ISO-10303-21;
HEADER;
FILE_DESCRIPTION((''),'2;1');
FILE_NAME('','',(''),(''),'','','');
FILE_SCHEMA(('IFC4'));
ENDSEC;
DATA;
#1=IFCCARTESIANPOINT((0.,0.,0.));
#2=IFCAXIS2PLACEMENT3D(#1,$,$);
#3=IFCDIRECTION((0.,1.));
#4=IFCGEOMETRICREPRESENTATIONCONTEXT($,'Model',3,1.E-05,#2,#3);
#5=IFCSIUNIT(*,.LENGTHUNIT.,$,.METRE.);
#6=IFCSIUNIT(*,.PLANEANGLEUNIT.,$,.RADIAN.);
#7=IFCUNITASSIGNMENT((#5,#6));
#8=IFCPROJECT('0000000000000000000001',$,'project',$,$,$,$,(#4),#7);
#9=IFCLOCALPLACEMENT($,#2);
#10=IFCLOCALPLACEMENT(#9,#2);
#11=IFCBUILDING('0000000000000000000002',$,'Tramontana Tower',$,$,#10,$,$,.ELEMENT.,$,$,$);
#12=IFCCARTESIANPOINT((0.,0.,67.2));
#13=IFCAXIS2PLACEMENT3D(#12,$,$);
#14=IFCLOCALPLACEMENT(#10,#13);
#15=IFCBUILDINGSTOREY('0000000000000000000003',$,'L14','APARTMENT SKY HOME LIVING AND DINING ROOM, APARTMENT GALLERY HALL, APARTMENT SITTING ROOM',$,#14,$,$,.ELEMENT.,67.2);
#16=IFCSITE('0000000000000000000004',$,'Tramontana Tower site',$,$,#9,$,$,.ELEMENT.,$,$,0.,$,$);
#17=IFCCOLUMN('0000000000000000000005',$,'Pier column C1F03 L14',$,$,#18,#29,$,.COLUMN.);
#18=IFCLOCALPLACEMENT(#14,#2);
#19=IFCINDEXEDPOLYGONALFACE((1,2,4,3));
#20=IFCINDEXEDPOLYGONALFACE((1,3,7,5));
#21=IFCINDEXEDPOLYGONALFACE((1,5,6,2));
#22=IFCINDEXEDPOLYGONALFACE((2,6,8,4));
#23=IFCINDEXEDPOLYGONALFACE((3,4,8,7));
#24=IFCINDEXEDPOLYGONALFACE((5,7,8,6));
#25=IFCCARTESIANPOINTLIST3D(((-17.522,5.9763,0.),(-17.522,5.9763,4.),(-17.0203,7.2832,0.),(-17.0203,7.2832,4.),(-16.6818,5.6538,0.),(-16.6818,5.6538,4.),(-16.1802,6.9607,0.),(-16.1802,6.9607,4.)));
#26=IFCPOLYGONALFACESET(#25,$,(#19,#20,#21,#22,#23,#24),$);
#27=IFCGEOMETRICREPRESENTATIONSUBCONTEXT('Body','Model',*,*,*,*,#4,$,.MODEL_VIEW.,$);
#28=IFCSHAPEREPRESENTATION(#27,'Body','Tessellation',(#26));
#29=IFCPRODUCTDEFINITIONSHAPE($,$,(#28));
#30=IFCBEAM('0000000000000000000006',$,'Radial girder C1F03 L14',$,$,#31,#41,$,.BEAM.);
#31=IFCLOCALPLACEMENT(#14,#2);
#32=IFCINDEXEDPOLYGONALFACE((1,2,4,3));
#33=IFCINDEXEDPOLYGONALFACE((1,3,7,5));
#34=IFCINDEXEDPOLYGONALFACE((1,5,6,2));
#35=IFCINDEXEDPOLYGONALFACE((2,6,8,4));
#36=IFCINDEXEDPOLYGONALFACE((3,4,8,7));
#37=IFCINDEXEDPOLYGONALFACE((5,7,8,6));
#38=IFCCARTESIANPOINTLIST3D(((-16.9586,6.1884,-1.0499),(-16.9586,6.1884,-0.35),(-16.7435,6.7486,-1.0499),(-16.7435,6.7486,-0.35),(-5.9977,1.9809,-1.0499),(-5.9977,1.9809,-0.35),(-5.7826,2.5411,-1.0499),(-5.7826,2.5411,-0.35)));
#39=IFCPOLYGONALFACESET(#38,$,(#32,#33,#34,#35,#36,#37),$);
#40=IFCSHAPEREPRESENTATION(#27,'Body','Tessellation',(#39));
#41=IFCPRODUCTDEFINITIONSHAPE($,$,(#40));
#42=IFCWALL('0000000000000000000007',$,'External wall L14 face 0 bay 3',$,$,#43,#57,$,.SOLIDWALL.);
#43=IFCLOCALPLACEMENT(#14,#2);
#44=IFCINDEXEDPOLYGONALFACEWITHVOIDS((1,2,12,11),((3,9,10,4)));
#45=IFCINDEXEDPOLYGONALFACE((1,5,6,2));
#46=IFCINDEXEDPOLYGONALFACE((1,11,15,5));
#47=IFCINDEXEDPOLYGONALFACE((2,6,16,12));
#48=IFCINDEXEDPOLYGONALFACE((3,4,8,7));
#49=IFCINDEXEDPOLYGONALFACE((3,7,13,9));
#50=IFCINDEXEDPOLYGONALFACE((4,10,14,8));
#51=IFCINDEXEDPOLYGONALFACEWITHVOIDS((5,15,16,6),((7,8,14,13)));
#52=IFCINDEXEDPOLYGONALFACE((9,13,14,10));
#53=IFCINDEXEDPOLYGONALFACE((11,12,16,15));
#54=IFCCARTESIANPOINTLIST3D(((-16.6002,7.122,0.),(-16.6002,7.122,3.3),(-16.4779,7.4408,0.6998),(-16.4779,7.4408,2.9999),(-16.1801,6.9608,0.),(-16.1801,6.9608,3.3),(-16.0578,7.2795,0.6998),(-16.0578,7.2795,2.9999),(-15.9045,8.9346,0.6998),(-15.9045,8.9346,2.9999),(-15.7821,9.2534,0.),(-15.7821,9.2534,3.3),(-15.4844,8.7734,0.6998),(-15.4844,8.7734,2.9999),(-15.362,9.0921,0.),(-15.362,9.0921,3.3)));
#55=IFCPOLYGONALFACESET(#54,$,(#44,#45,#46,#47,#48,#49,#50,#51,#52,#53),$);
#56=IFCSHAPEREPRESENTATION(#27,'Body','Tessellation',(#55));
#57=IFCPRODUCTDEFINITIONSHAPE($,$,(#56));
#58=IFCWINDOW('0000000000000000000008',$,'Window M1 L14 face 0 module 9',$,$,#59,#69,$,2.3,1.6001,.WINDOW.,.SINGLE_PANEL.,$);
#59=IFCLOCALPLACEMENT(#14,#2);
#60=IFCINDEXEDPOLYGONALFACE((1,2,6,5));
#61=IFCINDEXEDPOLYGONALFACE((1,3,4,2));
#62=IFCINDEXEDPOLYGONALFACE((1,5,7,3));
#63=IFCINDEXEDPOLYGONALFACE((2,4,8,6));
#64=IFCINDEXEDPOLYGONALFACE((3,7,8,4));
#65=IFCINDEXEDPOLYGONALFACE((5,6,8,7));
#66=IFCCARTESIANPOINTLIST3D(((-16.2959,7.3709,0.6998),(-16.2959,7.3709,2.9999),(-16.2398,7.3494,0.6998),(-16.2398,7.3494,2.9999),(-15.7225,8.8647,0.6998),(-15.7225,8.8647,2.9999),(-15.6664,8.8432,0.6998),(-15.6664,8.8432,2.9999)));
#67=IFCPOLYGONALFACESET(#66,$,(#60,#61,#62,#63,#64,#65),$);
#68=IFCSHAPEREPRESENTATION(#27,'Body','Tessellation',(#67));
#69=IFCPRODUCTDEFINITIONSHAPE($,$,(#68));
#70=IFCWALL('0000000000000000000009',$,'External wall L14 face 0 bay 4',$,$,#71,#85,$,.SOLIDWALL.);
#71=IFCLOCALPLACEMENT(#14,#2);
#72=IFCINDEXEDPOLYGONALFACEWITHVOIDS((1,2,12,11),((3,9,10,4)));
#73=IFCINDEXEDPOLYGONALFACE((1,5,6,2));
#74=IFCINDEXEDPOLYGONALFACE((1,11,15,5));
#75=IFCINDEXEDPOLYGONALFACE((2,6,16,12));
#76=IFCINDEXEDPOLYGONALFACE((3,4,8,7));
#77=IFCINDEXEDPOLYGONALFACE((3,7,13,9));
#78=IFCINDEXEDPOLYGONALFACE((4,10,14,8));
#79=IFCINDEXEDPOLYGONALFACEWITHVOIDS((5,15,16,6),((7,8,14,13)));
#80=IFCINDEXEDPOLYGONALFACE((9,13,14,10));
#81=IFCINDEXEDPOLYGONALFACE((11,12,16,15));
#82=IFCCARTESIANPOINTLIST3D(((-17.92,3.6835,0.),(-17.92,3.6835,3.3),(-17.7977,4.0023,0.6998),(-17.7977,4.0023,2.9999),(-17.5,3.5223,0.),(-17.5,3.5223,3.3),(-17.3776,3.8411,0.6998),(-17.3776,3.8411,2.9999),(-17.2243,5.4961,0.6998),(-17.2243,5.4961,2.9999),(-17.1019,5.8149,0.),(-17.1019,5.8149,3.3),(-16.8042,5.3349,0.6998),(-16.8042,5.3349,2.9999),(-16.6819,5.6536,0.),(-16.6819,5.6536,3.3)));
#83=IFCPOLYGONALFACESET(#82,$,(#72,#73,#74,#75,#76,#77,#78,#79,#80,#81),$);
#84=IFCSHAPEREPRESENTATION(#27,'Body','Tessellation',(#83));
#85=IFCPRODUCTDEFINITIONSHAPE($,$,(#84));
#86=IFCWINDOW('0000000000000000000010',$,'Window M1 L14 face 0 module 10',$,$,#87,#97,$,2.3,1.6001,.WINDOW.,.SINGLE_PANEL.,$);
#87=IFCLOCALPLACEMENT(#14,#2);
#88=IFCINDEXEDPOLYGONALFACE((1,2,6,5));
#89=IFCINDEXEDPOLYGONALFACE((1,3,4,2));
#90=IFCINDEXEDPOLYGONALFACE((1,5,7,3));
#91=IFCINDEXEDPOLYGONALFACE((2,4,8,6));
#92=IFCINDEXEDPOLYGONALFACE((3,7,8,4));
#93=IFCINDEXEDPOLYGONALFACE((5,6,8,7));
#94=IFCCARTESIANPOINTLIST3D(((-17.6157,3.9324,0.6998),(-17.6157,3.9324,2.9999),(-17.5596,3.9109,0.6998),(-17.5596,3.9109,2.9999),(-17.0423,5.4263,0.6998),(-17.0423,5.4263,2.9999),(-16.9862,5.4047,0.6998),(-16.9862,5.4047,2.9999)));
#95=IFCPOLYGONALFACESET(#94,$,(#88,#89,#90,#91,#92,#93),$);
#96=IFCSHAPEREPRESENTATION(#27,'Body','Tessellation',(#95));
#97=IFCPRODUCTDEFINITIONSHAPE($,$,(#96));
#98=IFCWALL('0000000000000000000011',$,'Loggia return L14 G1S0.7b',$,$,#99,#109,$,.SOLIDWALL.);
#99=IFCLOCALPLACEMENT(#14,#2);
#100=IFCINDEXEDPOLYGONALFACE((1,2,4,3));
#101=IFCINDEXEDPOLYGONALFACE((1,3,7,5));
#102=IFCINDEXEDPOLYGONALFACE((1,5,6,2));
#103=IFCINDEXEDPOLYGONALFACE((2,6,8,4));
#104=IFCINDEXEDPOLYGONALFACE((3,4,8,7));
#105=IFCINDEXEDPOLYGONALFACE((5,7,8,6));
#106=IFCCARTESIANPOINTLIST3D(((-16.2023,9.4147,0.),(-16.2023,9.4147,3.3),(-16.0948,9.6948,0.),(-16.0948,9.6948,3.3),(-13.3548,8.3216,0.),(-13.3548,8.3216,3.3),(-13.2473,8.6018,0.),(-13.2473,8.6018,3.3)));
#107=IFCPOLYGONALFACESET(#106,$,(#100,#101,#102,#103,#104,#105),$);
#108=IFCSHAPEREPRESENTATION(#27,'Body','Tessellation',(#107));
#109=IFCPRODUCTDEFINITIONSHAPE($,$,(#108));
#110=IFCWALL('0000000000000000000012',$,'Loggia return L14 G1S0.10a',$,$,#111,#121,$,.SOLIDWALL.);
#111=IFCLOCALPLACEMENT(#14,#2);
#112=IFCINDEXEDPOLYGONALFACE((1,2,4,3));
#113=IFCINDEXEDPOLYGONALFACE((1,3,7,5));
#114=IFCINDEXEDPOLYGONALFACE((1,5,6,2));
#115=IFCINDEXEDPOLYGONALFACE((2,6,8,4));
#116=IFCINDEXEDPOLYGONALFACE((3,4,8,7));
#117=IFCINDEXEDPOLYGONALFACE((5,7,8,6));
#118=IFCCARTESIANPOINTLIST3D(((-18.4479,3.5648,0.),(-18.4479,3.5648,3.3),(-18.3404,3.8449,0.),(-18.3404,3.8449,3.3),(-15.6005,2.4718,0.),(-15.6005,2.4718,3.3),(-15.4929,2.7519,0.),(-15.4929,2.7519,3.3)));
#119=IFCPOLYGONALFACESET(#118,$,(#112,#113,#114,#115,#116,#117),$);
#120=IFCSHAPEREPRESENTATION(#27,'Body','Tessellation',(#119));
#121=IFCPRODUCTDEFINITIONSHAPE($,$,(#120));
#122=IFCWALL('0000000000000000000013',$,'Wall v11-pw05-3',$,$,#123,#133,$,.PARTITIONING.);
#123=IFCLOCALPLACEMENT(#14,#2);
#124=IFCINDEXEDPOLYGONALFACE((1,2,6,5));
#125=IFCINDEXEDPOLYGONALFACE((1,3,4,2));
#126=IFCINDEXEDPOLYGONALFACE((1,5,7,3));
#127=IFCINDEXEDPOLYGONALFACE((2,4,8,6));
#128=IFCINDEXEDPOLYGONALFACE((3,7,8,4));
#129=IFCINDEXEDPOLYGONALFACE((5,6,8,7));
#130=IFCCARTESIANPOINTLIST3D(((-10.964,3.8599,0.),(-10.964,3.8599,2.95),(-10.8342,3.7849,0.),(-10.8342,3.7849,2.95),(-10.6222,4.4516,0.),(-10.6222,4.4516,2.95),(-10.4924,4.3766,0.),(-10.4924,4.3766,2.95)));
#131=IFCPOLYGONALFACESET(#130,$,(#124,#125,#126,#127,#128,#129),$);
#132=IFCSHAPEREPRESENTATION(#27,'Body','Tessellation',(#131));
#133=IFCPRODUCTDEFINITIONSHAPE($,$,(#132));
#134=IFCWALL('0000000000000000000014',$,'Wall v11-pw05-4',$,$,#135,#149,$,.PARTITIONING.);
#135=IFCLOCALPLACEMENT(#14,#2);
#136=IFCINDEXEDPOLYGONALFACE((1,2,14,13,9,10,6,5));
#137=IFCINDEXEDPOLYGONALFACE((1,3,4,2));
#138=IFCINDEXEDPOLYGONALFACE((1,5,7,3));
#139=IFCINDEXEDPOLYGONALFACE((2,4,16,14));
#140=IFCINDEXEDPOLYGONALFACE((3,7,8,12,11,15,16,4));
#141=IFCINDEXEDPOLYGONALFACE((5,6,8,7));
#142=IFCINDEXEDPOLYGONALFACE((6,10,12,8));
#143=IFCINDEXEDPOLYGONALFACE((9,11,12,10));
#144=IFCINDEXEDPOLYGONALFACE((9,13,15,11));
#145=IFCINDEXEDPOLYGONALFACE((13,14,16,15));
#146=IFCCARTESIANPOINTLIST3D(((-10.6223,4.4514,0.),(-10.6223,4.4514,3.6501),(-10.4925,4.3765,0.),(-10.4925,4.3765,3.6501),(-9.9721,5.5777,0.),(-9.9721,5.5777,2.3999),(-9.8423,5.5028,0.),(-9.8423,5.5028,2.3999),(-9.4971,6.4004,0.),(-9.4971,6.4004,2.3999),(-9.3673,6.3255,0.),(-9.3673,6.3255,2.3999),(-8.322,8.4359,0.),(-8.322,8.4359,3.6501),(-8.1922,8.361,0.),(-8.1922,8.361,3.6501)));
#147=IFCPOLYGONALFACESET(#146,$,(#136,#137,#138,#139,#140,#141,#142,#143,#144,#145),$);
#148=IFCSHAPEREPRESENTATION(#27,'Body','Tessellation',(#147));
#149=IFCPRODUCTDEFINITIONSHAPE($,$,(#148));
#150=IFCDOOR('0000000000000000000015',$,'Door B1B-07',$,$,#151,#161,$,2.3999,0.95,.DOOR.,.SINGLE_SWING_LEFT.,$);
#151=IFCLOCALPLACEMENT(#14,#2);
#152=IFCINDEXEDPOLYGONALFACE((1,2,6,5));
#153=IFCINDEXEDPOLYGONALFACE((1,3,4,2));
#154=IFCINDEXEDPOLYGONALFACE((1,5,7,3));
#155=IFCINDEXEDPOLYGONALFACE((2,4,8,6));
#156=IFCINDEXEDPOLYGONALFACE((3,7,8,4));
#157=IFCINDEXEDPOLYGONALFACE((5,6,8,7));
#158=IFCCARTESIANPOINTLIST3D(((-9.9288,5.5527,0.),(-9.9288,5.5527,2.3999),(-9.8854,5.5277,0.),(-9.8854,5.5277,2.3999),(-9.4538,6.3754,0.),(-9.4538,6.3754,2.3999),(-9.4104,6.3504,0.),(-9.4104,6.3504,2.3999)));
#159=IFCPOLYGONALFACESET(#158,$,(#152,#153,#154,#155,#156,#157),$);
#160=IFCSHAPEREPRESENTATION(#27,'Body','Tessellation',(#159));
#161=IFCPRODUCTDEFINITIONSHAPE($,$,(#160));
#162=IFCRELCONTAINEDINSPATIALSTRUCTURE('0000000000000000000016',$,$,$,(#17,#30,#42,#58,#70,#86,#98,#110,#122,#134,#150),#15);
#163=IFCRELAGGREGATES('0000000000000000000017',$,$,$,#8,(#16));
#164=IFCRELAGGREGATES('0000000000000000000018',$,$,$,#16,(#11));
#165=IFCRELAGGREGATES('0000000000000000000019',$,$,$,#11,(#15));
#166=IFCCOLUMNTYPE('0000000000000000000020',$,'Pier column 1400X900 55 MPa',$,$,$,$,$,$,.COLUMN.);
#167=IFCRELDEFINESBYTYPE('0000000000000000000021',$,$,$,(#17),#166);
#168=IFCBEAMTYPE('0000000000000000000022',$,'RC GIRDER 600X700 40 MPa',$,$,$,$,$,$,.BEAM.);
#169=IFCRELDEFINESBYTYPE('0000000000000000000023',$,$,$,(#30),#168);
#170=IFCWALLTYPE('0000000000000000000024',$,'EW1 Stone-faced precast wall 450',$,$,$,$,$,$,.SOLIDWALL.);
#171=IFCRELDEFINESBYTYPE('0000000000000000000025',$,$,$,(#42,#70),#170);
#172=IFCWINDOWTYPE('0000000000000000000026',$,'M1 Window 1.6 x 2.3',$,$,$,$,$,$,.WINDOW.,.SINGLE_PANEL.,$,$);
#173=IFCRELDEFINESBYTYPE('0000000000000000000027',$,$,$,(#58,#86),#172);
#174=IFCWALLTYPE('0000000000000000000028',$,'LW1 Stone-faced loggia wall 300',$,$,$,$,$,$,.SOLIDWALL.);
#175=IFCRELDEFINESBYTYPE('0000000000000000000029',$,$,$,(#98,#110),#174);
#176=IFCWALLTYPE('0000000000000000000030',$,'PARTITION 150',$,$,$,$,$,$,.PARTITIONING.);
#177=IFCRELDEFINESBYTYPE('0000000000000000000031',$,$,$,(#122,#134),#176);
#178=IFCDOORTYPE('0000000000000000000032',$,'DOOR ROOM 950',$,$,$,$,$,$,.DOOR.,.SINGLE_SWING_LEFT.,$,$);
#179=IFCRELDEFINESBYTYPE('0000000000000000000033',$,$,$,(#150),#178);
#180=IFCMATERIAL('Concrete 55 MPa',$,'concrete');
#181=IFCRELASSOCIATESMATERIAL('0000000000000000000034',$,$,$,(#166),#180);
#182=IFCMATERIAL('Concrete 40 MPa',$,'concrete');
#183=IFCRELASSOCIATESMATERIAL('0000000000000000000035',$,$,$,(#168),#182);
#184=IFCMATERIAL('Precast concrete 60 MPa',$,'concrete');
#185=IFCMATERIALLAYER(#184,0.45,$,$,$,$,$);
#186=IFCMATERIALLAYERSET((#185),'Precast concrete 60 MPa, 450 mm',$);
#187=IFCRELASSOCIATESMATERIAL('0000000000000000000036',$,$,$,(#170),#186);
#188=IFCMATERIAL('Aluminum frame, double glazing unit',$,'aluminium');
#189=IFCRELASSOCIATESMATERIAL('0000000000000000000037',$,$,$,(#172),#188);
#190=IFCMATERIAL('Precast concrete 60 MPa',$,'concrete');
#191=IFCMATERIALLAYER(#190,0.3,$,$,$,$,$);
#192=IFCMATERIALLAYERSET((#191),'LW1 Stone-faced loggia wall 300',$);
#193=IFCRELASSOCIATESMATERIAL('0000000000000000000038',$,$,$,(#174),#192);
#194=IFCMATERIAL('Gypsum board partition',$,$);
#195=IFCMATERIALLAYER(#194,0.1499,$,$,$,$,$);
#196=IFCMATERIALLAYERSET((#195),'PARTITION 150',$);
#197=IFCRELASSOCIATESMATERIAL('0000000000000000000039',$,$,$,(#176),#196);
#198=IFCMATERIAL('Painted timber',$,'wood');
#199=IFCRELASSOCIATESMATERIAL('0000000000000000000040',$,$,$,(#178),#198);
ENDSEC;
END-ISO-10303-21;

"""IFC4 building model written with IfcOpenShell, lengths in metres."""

from ifc_helpers import new_model, si_unit, direction, frame, frame_2d, origin, origin_2d, place, context, subcontext, project, spatial, rectangle, extrude, material, layer, layer_set, material_profile, profile_set, type_object, element, fill, save


model = new_model("IFC4")

# Units and contexts
model_context = context("Model", 3, precision=1e-05, world=origin(), true_north=direction((0.0, 1.0)))
body_context = subcontext(model_context, "Body", "Model", "MODEL_VIEW")
ifc_project = project(units=[si_unit("LENGTHUNIT", "METRE"), si_unit("PLANEANGLEUNIT", "RADIAN")], contexts=[model_context])

# Site, building, storey
site_placement = place(None, origin())
site = spatial("IfcSite", under=ifc_project, at=site_placement, Name="Tramontana Tower site", CompositionType="ELEMENT", RefElevation=0.0)
building_placement = place(site_placement, origin())
building = spatial("IfcBuilding", under=site, at=building_placement, Name="Tramontana Tower", CompositionType="ELEMENT")
storey_placement = place(building_placement, frame((0.0, 0.0, 67.2)))
storey = spatial("IfcBuildingStorey", under=building, at=storey_placement, Name="L14", Description="APARTMENT SKY HOME LIVING AND DINING ROOM, APARTMENT GALLERY HALL, APARTMENT SITTING ROOM", CompositionType="ELEMENT", Elevation=67.2)

# Column
ifc_material_1 = material(Name="Concrete 55 MPa", Category="concrete")
ifc_material_profile_1 = material_profile(ifc_material_1, rectangle(XDim=1.3999, YDim=0.8999, at=origin_2d()), Name="Pier column 1400X900 55 MPa")
ifc_profile_set_1 = profile_set([ifc_material_profile_1], Name="Concrete 55 MPa")
column_type = type_object("IfcColumnType", Name="Pier column 1400X900 55 MPa", PredefinedType="COLUMN", material=ifc_profile_set_1)
column_placement = place(storey_placement, frame((-16.8511, 6.4685, 0.0), z_axis=(0.0, 0.0, 1.0), x_axis=(-0.358368, -0.93358, 0.0)))
element("IfcColumn", 1, at=column_placement, inside=storey, type_object=column_type, Name="Pier column C1F03 L14", PredefinedType="COLUMN", context=body_context, shape_type="SweptSolid", body=[
    extrude(rectangle(XDim=1.3999, YDim=0.8999, at=origin_2d()), origin(), (0.0, 0.0, 1.0), 4.0),
])

# Beam
ifc_material_2 = material(Name="Concrete 40 MPa", Category="concrete")
ifc_material_profile_2 = material_profile(ifc_material_2, rectangle(XDim=0.6001, YDim=0.7, at=origin_2d()), Name="RC GIRDER 600X700 40 MPa")
ifc_profile_set_2 = profile_set([ifc_material_profile_2], Name="Concrete 40 MPa")
beam_type = type_object("IfcBeamType", Name="RC GIRDER 600X700 40 MPa", PredefinedType="BEAM", material=ifc_profile_set_2)
beam_placement = place(storey_placement, frame((-16.8511, 6.4685, -0.7), z_axis=(0.93358, -0.358369, 0.0), x_axis=(0.358369, 0.93358, 0.0)))
element("IfcBeam", 2, at=beam_placement, inside=storey, type_object=beam_type, Name="Radial girder C1F03 L14", PredefinedType="BEAM", context=body_context, shape_type="SweptSolid", body=[
    extrude(rectangle(XDim=0.6001, YDim=0.7, at=origin_2d()), origin(), (0.0, 0.0, 1.0), 11.7407),
])

# Walls, openings, windows
ifc_material_3 = material(Name="Precast concrete 60 MPa", Category="concrete")
ifc_layer_1 = layer(ifc_material_3, 0.45)
ifc_layer_set_1 = layer_set([ifc_layer_1], Name="Precast concrete 60 MPa, 450 mm")
wall_type_1 = type_object("IfcWallType", Name="EW1 Stone-faced precast wall 450", PredefinedType="SOLIDWALL", material=ifc_layer_set_1)
wall_1_placement = place(storey_placement, frame((-15.572, 9.1729, 0.0), z_axis=(0.0, 0.0, 1.0), x_axis=(-0.358356, -0.933585, 0.0)))
wall_1 = element("IfcWall", 3, at=wall_1_placement, inside=storey, type_object=wall_type_1, Name="External wall L14 face 0 bay 3", PredefinedType="SOLIDWALL", context=body_context, shape_type="SweptSolid", body=[
    extrude(rectangle(XDim=2.283, YDim=0.45, at=frame_2d((1.1416, 0.0))), origin(), (0.0, 0.0, 1.0), 3.3),
])
opening_1_placement = place(wall_1_placement, frame((0.3416, 0.0, 0.7)))
opening_1 = element("IfcOpeningElement", 4, at=opening_1_placement, cuts=wall_1, PredefinedType="OPENING", context=body_context, shape_type="SweptSolid", body=[
    extrude(rectangle(XDim=1.6001, YDim=2.3, at=frame_2d((0.8, 1.1499))), frame((0.0, 0.2349, 0.0), z_axis=(0.0, -1.0, 0.0), x_axis=(1.0, 0.0, 0.0)), (0.0, 0.0, 1.0), 0.47),
])
ifc_material_4 = material(Name="Aluminum frame, double glazing unit", Category="aluminium")
window_type = type_object("IfcWindowType", Name="M1 Window 1.6 x 2.3", PartitioningType="SINGLE_PANEL", PredefinedType="WINDOW", material=ifc_material_4)
window_1_placement = place(opening_1_placement, origin())
window_1 = element("IfcWindow", 5, at=window_1_placement, inside=storey, type_object=window_type, Name="Window M1 L14 face 0 module 9", OverallHeight=2.3, OverallWidth=1.6001, PartitioningType="SINGLE_PANEL", PredefinedType="WINDOW", context=body_context, shape_type="SweptSolid", body=[
    extrude(rectangle(XDim=1.6001, YDim=2.3, at=frame_2d((0.8, 1.1499))), frame((0.0, 0.03, 0.0), z_axis=(0.0, -1.0, 0.0), x_axis=(1.0, 0.0, 0.0)), (0.0, 0.0, 1.0), 0.0601),
])
fill(opening_1, window_1)
wall_2_placement = place(storey_placement, frame((-16.8918, 5.7344, 0.0), z_axis=(0.0, 0.0, 1.0), x_axis=(-0.358356, -0.933585, 0.0)))
wall_2 = element("IfcWall", 6, at=wall_2_placement, inside=storey, type_object=wall_type_1, Name="External wall L14 face 0 bay 4", PredefinedType="SOLIDWALL", context=body_context, shape_type="SweptSolid", body=[
    extrude(rectangle(XDim=2.283, YDim=0.45, at=frame_2d((1.1416, 0.0))), origin(), (0.0, 0.0, 1.0), 3.3),
])
opening_2_placement = place(wall_2_placement, frame((0.3416, 0.0, 0.7)))
opening_2 = element("IfcOpeningElement", 7, at=opening_2_placement, cuts=wall_2, PredefinedType="OPENING", context=body_context, shape_type="SweptSolid", body=[
    extrude(rectangle(XDim=1.6001, YDim=2.3, at=frame_2d((0.8, 1.1499))), frame((0.0, 0.2349, 0.0), z_axis=(0.0, -1.0, 0.0), x_axis=(1.0, 0.0, 0.0)), (0.0, 0.0, 1.0), 0.47),
])
window_2_placement = place(opening_2_placement, origin())
window_2 = element("IfcWindow", 8, at=window_2_placement, inside=storey, type_object=window_type, Name="Window M1 L14 face 0 module 10", OverallHeight=2.3, OverallWidth=1.6001, PartitioningType="SINGLE_PANEL", PredefinedType="WINDOW", context=body_context, shape_type="SweptSolid", body=[
    extrude(rectangle(XDim=1.6001, YDim=2.3, at=frame_2d((0.8, 1.1499))), frame((0.0, 0.03, 0.0), z_axis=(0.0, -1.0, 0.0), x_axis=(1.0, 0.0, 0.0)), (0.0, 0.0, 1.0), 0.0601),
])
fill(opening_2, window_2)

# Wall
ifc_material_5 = material(Name="Precast concrete 60 MPa", Category="concrete")
ifc_layer_2 = layer(ifc_material_5, 0.3)
ifc_layer_set_2 = layer_set([ifc_layer_2], Name="LW1 Stone-faced loggia wall 300")
wall_type_2 = type_object("IfcWallType", Name="LW1 Stone-faced loggia wall 300", PredefinedType="SOLIDWALL", material=ifc_layer_set_2)
wall_3_placement = place(storey_placement, frame((-16.1484, 9.5547, 0.0), z_axis=(0.0, 0.0, 1.0), x_axis=(0.933581, -0.358368, 0.0)))
element("IfcWall", 9, at=wall_3_placement, inside=storey, type_object=wall_type_2, Name="Loggia return L14 G1S0.7b", PredefinedType="SOLIDWALL", context=body_context, shape_type="SweptSolid", body=[
    extrude(rectangle(XDim=3.05, YDim=0.3, at=frame_2d((1.5249, 0.0))), origin(), (0.0, 0.0, 1.0), 3.3),
])

# Walls
wall_4_placement = place(storey_placement, frame((-18.394, 3.7048, 0.0), z_axis=(0.0, 0.0, 1.0), x_axis=(0.933581, -0.358368, 0.0)))
element("IfcWall", 10, at=wall_4_placement, inside=storey, type_object=wall_type_2, Name="Loggia return L14 G1S0.10a", PredefinedType="SOLIDWALL", context=body_context, shape_type="SweptSolid", body=[
    extrude(rectangle(XDim=3.05, YDim=0.3, at=frame_2d((1.5249, 0.0))), origin(), (0.0, 0.0, 1.0), 3.3),
])
ifc_material_6 = material(Name="Gypsum board partition")
ifc_layer_3 = layer(ifc_material_6, 0.1499)
ifc_layer_set_3 = layer_set([ifc_layer_3], Name="PARTITION 150")
wall_type_3 = type_object("IfcWallType", Name="PARTITION 150", PredefinedType="PARTITIONING", material=ifc_layer_set_3)
wall_5_placement = place(storey_placement, frame((-10.8992, 3.8223, 0.0), z_axis=(0.0, 0.0, 1.0), x_axis=(0.500135, 0.865948, 0.0)))
element("IfcWall", 11, at=wall_5_placement, inside=storey, type_object=wall_type_3, Name="Wall v11-pw05-3", PredefinedType="PARTITIONING", context=body_context, shape_type="SweptSolid", body=[
    extrude(rectangle(XDim=0.6833, YDim=0.1499, at=frame_2d((0.3418, 0.0))), origin(), (0.0, 0.0, 1.0), 2.95),
])

# Wall, opening, door
wall_6_placement = place(storey_placement, frame((-10.5574, 4.4141, 0.0), z_axis=(0.0, 0.0, 1.0), x_axis=(0.499986, 0.866034, 0.0)))
wall_6 = element("IfcWall", 12, at=wall_6_placement, inside=storey, type_object=wall_type_3, Name="Wall v11-pw05-4", PredefinedType="PARTITIONING", context=body_context, shape_type="SweptSolid", body=[
    extrude(rectangle(XDim=4.6008, YDim=0.1499, at=frame_2d((2.3003, 0.0))), origin(), (0.0, 0.0, 1.0), 3.6501),
])
opening_3_placement = place(wall_6_placement, frame((1.3003, 0.0, 0.0)))
opening_3 = element("IfcOpeningElement", 13, at=opening_3_placement, cuts=wall_6, PredefinedType="OPENING", context=body_context, shape_type="SweptSolid", body=[
    extrude(rectangle(XDim=0.95, YDim=2.3999, at=frame_2d((0.4751, 1.2))), frame((0.0, 0.085, 0.0), z_axis=(0.0, -1.0, 0.0), x_axis=(1.0, 0.0, 0.0)), (0.0, 0.0, 1.0), 0.1699),
])
ifc_material_7 = material(Name="Painted timber", Category="wood")
door_type_1 = type_object("IfcDoorType", Name="DOOR ROOM 950", OperationType="SINGLE_SWING_LEFT", PredefinedType="DOOR", material=ifc_material_7)
door_1_placement = place(opening_3_placement, origin())
door_1 = element("IfcDoor", 14, at=door_1_placement, inside=storey, type_object=door_type_1, Name="Door B1B-07", OperationType="SINGLE_SWING_LEFT", OverallHeight=2.3999, OverallWidth=0.95, PredefinedType="DOOR", context=body_context, shape_type="SweptSolid", body=[
    extrude(rectangle(XDim=0.95, YDim=2.3999, at=frame_2d((0.4751, 1.2))), frame((0.0, 0.0249, 0.0), z_axis=(0.0, -1.0, 0.0), x_axis=(1.0, 0.0, 0.0)), (0.0, 0.0, 1.0), 0.05),
])
fill(opening_3, door_1)

save(model, "model.ifc")
